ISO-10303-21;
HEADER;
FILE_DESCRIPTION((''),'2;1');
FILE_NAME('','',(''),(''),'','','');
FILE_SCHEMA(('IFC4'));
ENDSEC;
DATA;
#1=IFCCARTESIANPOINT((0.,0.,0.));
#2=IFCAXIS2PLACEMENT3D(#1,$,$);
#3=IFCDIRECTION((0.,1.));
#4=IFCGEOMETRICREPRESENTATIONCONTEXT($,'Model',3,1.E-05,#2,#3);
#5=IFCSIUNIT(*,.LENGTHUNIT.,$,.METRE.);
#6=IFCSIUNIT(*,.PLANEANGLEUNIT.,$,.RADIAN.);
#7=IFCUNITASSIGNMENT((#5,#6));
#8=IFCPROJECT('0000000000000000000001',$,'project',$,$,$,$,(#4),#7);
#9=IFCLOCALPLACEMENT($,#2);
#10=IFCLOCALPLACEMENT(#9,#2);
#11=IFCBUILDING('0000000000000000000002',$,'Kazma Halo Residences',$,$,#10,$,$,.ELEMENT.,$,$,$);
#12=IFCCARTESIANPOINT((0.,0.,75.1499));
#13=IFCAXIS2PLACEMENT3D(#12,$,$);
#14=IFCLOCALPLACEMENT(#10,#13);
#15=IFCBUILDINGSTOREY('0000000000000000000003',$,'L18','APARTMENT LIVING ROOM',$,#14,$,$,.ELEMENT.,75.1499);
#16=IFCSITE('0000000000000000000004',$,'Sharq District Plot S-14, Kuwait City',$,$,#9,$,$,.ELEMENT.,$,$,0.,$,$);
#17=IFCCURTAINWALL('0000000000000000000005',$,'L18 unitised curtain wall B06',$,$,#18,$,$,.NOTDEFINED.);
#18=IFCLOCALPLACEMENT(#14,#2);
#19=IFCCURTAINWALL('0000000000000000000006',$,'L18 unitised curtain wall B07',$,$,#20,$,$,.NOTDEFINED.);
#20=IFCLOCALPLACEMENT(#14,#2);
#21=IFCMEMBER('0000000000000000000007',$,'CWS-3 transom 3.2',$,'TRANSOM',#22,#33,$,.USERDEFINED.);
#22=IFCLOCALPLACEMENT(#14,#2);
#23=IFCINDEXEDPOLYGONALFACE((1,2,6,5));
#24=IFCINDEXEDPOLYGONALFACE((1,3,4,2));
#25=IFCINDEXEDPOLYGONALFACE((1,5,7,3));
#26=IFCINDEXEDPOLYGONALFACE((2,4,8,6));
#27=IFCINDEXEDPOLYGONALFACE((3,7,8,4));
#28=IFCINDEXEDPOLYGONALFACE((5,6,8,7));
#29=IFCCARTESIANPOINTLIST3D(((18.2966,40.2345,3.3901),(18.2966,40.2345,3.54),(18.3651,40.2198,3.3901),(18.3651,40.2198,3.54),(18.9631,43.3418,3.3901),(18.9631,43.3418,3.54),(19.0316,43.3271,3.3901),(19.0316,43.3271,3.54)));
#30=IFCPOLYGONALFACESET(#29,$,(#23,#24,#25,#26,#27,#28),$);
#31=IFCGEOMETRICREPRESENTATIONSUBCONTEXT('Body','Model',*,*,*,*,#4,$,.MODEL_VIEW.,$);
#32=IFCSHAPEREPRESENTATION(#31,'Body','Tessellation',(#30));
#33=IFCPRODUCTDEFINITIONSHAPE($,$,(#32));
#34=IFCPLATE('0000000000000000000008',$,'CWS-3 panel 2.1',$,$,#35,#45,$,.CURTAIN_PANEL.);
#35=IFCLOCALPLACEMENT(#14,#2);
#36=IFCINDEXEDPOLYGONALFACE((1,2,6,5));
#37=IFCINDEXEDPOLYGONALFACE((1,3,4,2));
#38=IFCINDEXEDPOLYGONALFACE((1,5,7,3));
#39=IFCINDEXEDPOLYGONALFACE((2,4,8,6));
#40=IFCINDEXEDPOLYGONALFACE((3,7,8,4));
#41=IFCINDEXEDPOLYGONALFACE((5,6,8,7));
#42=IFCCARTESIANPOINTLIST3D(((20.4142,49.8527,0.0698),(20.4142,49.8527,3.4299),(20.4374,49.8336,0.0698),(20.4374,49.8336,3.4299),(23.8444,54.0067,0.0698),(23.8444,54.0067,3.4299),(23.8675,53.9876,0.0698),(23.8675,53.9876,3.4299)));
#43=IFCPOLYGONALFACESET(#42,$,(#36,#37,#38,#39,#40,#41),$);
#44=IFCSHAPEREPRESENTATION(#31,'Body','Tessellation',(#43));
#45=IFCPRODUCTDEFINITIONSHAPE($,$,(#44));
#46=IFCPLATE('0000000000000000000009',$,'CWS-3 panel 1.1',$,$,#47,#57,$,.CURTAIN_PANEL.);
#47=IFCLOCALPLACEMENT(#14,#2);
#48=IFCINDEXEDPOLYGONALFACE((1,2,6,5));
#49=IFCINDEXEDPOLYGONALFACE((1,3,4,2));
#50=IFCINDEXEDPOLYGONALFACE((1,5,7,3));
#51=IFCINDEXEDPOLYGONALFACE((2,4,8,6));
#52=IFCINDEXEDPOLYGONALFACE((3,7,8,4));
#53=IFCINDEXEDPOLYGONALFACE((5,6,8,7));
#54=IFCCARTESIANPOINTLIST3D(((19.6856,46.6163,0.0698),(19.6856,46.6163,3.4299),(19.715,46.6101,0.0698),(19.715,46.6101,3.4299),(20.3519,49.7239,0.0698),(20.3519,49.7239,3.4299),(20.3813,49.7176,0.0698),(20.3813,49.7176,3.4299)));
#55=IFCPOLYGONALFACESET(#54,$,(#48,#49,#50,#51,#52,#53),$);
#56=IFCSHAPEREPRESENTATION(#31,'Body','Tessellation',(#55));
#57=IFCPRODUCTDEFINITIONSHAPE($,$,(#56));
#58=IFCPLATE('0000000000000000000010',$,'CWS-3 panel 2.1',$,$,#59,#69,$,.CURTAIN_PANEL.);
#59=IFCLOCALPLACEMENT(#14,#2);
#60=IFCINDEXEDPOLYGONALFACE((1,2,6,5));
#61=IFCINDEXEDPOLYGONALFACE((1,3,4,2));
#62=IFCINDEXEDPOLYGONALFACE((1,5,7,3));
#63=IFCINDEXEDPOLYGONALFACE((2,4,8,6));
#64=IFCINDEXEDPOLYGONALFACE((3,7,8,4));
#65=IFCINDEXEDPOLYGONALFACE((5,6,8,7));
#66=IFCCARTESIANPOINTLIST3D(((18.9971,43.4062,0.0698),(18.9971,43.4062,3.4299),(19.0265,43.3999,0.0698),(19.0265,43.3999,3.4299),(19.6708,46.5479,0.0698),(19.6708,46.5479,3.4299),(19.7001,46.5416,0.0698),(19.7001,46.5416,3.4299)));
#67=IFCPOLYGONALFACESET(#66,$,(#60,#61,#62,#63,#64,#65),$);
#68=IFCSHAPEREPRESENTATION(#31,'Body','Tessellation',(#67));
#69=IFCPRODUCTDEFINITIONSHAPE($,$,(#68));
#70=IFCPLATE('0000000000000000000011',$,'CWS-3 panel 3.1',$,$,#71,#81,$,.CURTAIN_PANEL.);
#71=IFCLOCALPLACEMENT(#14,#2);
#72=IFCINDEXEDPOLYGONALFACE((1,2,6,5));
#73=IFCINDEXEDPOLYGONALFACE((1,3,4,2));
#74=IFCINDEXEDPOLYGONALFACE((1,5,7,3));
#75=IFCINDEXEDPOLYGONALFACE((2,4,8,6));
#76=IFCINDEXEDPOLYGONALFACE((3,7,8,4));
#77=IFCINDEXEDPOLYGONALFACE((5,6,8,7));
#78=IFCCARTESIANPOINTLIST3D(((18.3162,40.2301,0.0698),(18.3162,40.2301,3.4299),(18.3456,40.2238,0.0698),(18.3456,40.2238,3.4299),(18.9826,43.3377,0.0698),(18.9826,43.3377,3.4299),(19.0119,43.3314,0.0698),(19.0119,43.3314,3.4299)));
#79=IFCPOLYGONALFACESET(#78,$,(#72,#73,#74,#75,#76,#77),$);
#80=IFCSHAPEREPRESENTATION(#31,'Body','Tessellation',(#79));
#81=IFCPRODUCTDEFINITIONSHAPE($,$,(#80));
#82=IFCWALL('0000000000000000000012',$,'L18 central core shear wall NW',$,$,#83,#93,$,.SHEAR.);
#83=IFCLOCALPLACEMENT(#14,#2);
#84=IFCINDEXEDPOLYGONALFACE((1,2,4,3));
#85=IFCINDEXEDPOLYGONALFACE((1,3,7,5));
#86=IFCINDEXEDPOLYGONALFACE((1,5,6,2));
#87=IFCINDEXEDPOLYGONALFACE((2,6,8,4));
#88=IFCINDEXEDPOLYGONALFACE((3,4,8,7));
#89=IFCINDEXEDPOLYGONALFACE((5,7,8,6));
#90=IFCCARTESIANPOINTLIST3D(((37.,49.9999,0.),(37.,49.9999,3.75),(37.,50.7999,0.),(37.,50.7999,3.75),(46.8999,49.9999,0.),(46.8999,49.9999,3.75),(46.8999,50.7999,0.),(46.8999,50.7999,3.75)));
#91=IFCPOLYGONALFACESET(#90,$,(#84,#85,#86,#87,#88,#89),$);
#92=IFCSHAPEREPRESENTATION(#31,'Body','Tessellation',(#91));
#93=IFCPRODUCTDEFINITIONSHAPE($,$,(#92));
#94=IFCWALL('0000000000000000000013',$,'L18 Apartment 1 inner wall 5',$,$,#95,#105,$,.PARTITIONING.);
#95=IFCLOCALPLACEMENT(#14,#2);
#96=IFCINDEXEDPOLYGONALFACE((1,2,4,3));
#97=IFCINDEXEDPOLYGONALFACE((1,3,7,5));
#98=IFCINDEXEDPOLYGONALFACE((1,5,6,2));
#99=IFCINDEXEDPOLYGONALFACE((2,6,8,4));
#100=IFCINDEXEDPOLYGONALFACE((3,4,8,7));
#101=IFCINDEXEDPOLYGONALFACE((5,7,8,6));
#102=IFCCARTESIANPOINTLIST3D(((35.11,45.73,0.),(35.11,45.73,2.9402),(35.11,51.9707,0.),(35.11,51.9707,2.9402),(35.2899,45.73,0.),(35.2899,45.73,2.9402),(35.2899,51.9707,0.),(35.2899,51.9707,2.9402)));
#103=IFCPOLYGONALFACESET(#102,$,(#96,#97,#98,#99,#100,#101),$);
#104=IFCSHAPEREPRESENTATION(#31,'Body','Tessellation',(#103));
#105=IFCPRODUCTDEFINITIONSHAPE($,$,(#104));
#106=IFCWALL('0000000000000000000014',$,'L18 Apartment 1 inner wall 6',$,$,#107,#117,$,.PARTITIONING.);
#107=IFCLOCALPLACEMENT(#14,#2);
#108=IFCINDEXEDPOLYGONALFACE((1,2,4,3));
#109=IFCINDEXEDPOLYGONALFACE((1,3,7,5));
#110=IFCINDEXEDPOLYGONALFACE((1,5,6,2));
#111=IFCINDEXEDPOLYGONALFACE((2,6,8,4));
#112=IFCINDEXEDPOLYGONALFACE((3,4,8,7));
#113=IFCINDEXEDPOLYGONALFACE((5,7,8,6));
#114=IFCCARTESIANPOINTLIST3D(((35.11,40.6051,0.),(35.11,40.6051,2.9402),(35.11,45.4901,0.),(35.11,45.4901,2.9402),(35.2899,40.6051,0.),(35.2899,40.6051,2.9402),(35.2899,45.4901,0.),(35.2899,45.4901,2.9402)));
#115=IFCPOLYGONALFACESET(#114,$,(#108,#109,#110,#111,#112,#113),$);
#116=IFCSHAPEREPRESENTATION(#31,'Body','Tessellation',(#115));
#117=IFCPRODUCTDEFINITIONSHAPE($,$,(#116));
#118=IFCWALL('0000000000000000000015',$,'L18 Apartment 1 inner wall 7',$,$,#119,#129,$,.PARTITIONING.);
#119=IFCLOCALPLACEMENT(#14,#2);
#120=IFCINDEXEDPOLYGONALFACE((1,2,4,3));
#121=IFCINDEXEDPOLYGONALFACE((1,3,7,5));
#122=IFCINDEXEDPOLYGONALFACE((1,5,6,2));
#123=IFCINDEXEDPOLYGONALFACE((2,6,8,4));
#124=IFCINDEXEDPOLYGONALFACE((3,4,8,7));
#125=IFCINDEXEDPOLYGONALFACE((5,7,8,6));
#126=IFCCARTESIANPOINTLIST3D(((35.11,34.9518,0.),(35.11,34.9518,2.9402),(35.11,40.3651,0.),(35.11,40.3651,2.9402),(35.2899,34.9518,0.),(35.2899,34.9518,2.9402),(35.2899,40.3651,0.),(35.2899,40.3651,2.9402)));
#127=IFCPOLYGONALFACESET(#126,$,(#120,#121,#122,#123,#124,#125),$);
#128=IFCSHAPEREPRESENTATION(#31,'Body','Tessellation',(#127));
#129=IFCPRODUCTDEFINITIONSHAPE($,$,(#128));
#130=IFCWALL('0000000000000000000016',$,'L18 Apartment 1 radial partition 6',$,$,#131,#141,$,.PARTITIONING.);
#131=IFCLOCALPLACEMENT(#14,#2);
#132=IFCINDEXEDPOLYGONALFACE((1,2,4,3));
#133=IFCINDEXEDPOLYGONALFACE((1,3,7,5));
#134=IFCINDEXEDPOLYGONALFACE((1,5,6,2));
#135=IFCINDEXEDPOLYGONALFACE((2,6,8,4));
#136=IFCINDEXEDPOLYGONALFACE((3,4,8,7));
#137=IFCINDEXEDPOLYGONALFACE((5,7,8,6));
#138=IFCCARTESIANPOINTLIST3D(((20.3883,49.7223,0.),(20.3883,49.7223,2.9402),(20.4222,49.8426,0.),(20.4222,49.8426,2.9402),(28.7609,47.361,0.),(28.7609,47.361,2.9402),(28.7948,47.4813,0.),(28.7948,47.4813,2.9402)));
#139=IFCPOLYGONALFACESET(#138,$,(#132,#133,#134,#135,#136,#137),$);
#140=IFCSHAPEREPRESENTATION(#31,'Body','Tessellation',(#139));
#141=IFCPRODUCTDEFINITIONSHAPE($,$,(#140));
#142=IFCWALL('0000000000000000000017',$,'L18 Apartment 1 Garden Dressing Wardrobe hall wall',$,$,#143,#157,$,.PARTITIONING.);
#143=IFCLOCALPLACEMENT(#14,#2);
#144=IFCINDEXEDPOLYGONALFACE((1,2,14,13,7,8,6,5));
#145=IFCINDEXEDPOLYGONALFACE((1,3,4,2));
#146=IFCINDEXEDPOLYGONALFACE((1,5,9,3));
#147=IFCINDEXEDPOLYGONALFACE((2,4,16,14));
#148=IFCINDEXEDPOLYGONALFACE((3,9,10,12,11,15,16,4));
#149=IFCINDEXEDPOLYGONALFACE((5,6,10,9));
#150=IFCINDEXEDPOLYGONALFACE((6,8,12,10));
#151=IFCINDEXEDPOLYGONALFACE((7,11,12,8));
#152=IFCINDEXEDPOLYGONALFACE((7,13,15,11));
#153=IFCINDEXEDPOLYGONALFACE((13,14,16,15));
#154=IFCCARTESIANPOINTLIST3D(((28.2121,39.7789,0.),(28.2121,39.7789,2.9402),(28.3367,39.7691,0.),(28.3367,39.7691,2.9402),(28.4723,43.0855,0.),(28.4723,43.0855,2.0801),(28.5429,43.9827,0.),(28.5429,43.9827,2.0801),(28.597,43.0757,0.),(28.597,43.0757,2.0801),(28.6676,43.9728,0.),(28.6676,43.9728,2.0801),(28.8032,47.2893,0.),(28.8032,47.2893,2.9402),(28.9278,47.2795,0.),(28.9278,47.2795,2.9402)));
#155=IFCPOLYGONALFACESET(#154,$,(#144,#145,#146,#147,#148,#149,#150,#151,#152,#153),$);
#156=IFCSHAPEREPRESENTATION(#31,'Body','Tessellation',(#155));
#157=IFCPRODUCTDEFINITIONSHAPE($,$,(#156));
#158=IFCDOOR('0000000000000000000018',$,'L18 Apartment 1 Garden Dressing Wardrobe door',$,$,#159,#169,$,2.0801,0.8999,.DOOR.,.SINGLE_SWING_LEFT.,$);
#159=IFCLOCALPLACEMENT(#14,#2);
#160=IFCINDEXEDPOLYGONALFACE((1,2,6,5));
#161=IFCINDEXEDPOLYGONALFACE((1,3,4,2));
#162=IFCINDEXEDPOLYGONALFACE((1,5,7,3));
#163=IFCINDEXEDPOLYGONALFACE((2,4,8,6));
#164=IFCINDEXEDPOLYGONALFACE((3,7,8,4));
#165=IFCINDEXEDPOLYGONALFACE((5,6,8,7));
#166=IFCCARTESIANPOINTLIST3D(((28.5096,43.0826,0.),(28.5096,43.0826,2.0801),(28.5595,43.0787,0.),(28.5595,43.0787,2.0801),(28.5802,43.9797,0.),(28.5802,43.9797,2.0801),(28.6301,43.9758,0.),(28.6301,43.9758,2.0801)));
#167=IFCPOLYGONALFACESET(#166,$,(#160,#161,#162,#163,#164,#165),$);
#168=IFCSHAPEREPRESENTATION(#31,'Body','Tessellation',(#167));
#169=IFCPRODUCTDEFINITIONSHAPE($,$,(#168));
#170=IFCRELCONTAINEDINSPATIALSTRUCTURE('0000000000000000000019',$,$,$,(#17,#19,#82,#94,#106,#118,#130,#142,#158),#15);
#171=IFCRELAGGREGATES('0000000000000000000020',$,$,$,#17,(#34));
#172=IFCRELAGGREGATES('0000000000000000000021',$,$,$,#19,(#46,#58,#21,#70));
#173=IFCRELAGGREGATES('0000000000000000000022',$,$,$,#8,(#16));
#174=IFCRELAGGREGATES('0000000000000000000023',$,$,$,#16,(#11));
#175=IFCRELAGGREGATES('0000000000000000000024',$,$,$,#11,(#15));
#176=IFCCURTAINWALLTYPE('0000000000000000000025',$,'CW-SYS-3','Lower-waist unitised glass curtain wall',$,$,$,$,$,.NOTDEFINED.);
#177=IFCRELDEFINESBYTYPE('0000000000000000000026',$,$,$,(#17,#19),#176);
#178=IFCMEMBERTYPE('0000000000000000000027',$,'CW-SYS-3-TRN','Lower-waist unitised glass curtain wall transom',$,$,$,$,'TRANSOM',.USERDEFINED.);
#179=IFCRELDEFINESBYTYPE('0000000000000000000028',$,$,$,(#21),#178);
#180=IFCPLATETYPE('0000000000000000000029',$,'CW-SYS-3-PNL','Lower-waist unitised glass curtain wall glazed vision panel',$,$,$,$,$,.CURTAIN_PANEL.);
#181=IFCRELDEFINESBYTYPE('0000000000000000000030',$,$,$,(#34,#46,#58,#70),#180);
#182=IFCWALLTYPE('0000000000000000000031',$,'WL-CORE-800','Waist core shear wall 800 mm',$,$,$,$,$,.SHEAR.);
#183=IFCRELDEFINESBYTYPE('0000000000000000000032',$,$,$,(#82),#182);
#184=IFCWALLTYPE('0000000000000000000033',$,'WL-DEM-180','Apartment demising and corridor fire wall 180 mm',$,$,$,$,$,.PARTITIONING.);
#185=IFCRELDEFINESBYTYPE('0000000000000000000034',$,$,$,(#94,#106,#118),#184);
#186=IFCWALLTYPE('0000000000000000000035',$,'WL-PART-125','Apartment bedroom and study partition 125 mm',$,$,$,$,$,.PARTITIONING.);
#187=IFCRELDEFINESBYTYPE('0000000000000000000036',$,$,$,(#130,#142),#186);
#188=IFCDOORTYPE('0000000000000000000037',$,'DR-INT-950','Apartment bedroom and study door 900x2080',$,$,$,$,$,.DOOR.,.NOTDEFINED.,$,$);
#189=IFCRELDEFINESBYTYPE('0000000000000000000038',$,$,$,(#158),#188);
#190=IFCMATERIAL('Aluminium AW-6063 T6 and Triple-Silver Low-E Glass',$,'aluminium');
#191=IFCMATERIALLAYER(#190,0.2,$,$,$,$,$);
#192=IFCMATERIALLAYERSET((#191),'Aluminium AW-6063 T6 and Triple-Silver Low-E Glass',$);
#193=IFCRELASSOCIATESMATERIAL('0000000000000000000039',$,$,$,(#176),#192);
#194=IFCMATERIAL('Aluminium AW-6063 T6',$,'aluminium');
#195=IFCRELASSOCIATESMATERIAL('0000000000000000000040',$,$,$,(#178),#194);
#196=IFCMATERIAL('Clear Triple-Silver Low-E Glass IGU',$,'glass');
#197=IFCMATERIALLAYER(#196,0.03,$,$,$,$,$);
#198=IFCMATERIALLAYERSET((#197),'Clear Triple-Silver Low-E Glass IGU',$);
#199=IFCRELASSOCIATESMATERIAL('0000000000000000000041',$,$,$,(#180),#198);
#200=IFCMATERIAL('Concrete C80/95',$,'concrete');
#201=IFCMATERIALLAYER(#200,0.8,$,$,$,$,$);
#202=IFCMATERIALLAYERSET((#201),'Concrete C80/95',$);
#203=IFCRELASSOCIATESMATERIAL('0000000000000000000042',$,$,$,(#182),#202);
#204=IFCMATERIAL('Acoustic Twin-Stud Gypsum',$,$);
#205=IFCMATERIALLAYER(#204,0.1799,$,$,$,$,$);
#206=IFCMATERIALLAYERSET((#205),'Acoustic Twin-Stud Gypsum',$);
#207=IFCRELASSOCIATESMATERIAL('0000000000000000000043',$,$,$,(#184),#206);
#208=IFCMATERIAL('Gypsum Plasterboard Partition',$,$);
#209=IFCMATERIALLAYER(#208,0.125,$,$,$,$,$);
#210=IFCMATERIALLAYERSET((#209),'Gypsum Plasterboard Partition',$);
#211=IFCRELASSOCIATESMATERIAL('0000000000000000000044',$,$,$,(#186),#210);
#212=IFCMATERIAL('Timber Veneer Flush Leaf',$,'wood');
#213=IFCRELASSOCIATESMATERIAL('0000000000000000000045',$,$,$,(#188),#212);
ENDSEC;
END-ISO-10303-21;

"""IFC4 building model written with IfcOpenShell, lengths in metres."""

from ifc_helpers import new_model, si_unit, direction, frame, frame_2d, origin, origin_2d, place, context, subcontext, project, spatial, rectangle, extrude, material, layer, layer_set, material_profile, profile_set, type_object, element, fill, aggregate, save


model = new_model("IFC4")

# Units and contexts
model_context = context("Model", 3, precision=1e-05, world=origin(), true_north=direction((0.0, 1.0)))
body_context = subcontext(model_context, "Body", "Model", "MODEL_VIEW")
ifc_project = project(units=[si_unit("LENGTHUNIT", "METRE"), si_unit("PLANEANGLEUNIT", "RADIAN")], contexts=[model_context])

# Site, building, storey
site_placement = place(None, origin())
site = spatial("IfcSite", under=ifc_project, at=site_placement, Name="Sharq District Plot S-14, Kuwait City", CompositionType="ELEMENT", RefElevation=0.0)
building_placement = place(site_placement, origin())
building = spatial("IfcBuilding", under=site, at=building_placement, Name="Kazma Halo Residences", CompositionType="ELEMENT")
storey_placement = place(building_placement, frame((0.0, 0.0, 75.1499)))
storey = spatial("IfcBuildingStorey", under=building, at=storey_placement, Name="L18", Description="APARTMENT LIVING ROOM", CompositionType="ELEMENT", Elevation=75.1499)

# Shared definitions
ifc_material_1 = material(Name="Concrete C80/95", Category="concrete")

# Curtain wall
ifc_material_2 = material(Name="Aluminium AW-6063 T6 and Triple-Silver Low-E Glass", Category="aluminium")
ifc_layer_1 = layer(ifc_material_2, 0.2)
ifc_layer_set_1 = layer_set([ifc_layer_1], Name="Aluminium AW-6063 T6 and Triple-Silver Low-E Glass")
curtain_wall_type = type_object("IfcCurtainWallType", Name="CW-SYS-3", Description="Lower-waist unitised glass curtain wall", PredefinedType="NOTDEFINED", material=ifc_layer_set_1)
curtain_wall_1_placement = place(storey_placement, origin())
curtain_wall_1 = element("IfcCurtainWall", 1, at=curtain_wall_1_placement, inside=storey, type_object=curtain_wall_type, Name="L18 unitised curtain wall B06", PredefinedType="NOTDEFINED")
ifc_material_3 = material(Name="Aluminium AW-6063 T6", Category="aluminium")

# Curtain wall, member
curtain_wall_2_placement = place(storey_placement, origin())
curtain_wall_2 = element("IfcCurtainWall", 2, at=curtain_wall_2_placement, inside=storey, type_object=curtain_wall_type, Name="L18 unitised curtain wall B07", PredefinedType="NOTDEFINED")
ifc_material_profile_1 = material_profile(ifc_material_3, rectangle(XDim=0.0701, YDim=0.1499, at=origin_2d()), Name="CWT-70x150")
ifc_profile_set_1 = profile_set([ifc_material_profile_1], Name="Aluminium AW-6063 T6")
member_type_1 = type_object("IfcMemberType", Name="CW-SYS-3-TRN", Description="Lower-waist unitised glass curtain wall transom", ElementType="TRANSOM", PredefinedType="USERDEFINED", material=ifc_profile_set_1)
member_1_placement = place(storey_placement, frame((18.9973, 43.3345, 3.4651), z_axis=(-0.209718, -0.977762, 0.0), x_axis=(0.977762, -0.209718, 0.0)))
member_1 = element("IfcMember", 3, at=member_1_placement, type_object=member_type_1, Name="CWS-3 transom 3.2", ObjectType="TRANSOM", PredefinedType="USERDEFINED", context=body_context, shape_type="SweptSolid", body=[
    extrude(rectangle(XDim=0.0701, YDim=0.1499, at=origin_2d()), origin(), (0.0, 0.0, 1.0), 3.178),
])

# Plates
ifc_material_4 = material(Name="Clear Triple-Silver Low-E Glass IGU", Category="glass")
ifc_layer_2 = layer(ifc_material_4, 0.03)
ifc_layer_set_2 = layer_set([ifc_layer_2], Name="Clear Triple-Silver Low-E Glass IGU")
plate_type = type_object("IfcPlateType", Name="CW-SYS-3-PNL", Description="Lower-waist unitised glass curtain wall glazed vision panel", PredefinedType="CURTAIN_PANEL", material=ifc_layer_set_2)
plate_1_placement = place(storey_placement, frame((22.1409, 51.9202, 0.0698), z_axis=(0.0, 0.0, 1.0), x_axis=(-0.636721, -0.771095, 0.0)))
plate_1 = element("IfcPlate", 4, at=plate_1_placement, type_object=plate_type, Name="CWS-3 panel 2.1", PredefinedType="CURTAIN_PANEL", context=body_context, shape_type="SweptSolid", body=[
    extrude(rectangle(XDim=5.3872, YDim=0.03, at=origin_2d()), origin(), (0.0, 0.0, 1.0), 3.3601),
])
aggregate(curtain_wall_1, [plate_1])
plate_2_placement = place(storey_placement, frame((20.0334, 48.167, 0.0698), z_axis=(0.0, 0.0, 1.0), x_axis=(-0.209661, -0.977774, 0.0)))
plate_2 = element("IfcPlate", 5, at=plate_2_placement, type_object=plate_type, Name="CWS-3 panel 1.1", PredefinedType="CURTAIN_PANEL", context=body_context, shape_type="SweptSolid", body=[
    extrude(rectangle(XDim=3.1782, YDim=0.03, at=origin_2d()), origin(), (0.0, 0.0, 1.0), 3.3601),
])
plate_3_placement = place(storey_placement, frame((19.3486, 44.9739, 0.0698), z_axis=(0.0, 0.0, 1.0), x_axis=(-0.209661, -0.977774, 0.0)))
plate_3 = element("IfcPlate", 6, at=plate_3_placement, type_object=plate_type, Name="CWS-3 panel 2.1", PredefinedType="CURTAIN_PANEL", context=body_context, shape_type="SweptSolid", body=[
    extrude(rectangle(XDim=3.2131, YDim=0.03, at=origin_2d()), origin(), (0.0, 0.0, 1.0), 3.3601),
])
plate_4_placement = place(storey_placement, frame((18.6641, 41.7808, 0.0698), z_axis=(0.0, 0.0, 1.0), x_axis=(-0.209661, -0.977774, 0.0)))
plate_4 = element("IfcPlate", 7, at=plate_4_placement, type_object=plate_type, Name="CWS-3 panel 3.1", PredefinedType="CURTAIN_PANEL", context=body_context, shape_type="SweptSolid", body=[
    extrude(rectangle(XDim=3.1782, YDim=0.03, at=origin_2d()), origin(), (0.0, 0.0, 1.0), 3.3601),
])
aggregate(curtain_wall_2, [plate_2, plate_3, member_1, plate_4])

# Walls
ifc_layer_3 = layer(ifc_material_1, 0.8)
ifc_layer_set_3 = layer_set([ifc_layer_3], Name="Concrete C80/95")
wall_type_1 = type_object("IfcWallType", Name="WL-CORE-800", Description="Waist core shear wall 800 mm", PredefinedType="SHEAR", material=ifc_layer_set_3)
wall_1_placement = place(storey_placement, frame((37.0, 50.3999, 0.0), z_axis=(0.0, 0.0, 1.0), x_axis=(1.0, 0.0, 0.0)))
element("IfcWall", 8, at=wall_1_placement, inside=storey, type_object=wall_type_1, Name="L18 central core shear wall NW", PredefinedType="SHEAR", context=body_context, shape_type="SweptSolid", body=[
    extrude(rectangle(XDim=9.8999, YDim=0.8, at=frame_2d((4.95, 0.0))), origin(), (0.0, 0.0, 1.0), 3.75),
])
ifc_material_5 = material(Name="Acoustic Twin-Stud Gypsum")
ifc_layer_4 = layer(ifc_material_5, 0.1799)
ifc_layer_set_4 = layer_set([ifc_layer_4], Name="Acoustic Twin-Stud Gypsum")
wall_type_2 = type_object("IfcWallType", Name="WL-DEM-180", Description="Apartment demising and corridor fire wall 180 mm", PredefinedType="PARTITIONING", material=ifc_layer_set_4)
wall_2_placement = place(storey_placement, frame((35.2, 51.9707, 0.0), z_axis=(0.0, 0.0, 1.0), x_axis=(0.0, -1.0, 0.0)))
element("IfcWall", 9, at=wall_2_placement, inside=storey, type_object=wall_type_2, Name="L18 Apartment 1 inner wall 5", PredefinedType="PARTITIONING", context=body_context, shape_type="SweptSolid", body=[
    extrude(rectangle(XDim=6.2407, YDim=0.1799, at=frame_2d((3.1204, 0.0))), origin(), (0.0, 0.0, 1.0), 2.9402),
])
wall_3_placement = place(storey_placement, frame((35.2, 45.49, 0.0), z_axis=(0.0, 0.0, 1.0), x_axis=(0.0, -1.0, 0.0)))
element("IfcWall", 10, at=wall_3_placement, inside=storey, type_object=wall_type_2, Name="L18 Apartment 1 inner wall 6", PredefinedType="PARTITIONING", context=body_context, shape_type="SweptSolid", body=[
    extrude(rectangle(XDim=4.885, YDim=0.1799, at=frame_2d((2.4424, 0.0))), origin(), (0.0, 0.0, 1.0), 2.9402),
])
wall_4_placement = place(storey_placement, frame((35.2, 40.365, 0.0), z_axis=(0.0, 0.0, 1.0), x_axis=(0.0, -1.0, 0.0)))
element("IfcWall", 11, at=wall_4_placement, inside=storey, type_object=wall_type_2, Name="L18 Apartment 1 inner wall 7", PredefinedType="PARTITIONING", context=body_context, shape_type="SweptSolid", body=[
    extrude(rectangle(XDim=5.4133, YDim=0.1799, at=frame_2d((2.7065, 0.0))), origin(), (0.0, 0.0, 1.0), 2.9402),
])
ifc_material_6 = material(Name="Gypsum Plasterboard Partition")
ifc_layer_5 = layer(ifc_material_6, 0.125)
ifc_layer_set_5 = layer_set([ifc_layer_5], Name="Gypsum Plasterboard Partition")
wall_type_3 = type_object("IfcWallType", Name="WL-PART-125", Description="Apartment bedroom and study partition 125 mm", PredefinedType="PARTITIONING", material=ifc_layer_set_5)
wall_5_placement = place(storey_placement, frame((28.7778, 47.4211, 0.0), z_axis=(0.0, 0.0, 1.0), x_axis=(-0.962455, 0.271443, 0.0)))
element("IfcWall", 12, at=wall_5_placement, inside=storey, type_object=wall_type_3, Name="L18 Apartment 1 radial partition 6", PredefinedType="PARTITIONING", context=body_context, shape_type="SweptSolid", body=[
    extrude(rectangle(XDim=8.6992, YDim=0.125, at=frame_2d((4.3496, 0.0))), origin(), (0.0, 0.0, 1.0), 2.9402),
])

# Wall, opening, door
wall_6_placement = place(storey_placement, frame((28.8655, 47.2844, 0.0), z_axis=(0.0, 0.0, 1.0), x_axis=(-0.078456, -0.996918, 0.0)))
wall_6 = element("IfcWall", 13, at=wall_6_placement, inside=storey, type_object=wall_type_3, Name="L18 Apartment 1 Garden Dressing Wardrobe hall wall", PredefinedType="PARTITIONING", context=body_context, shape_type="SweptSolid", body=[
    extrude(rectangle(XDim=7.5337, YDim=0.125, at=frame_2d((3.7668, 0.0))), origin(), (0.0, 0.0, 1.0), 2.9402),
])
opening_1_placement = place(wall_6_placement, frame((3.3169, 0.0, 0.0)))
opening_1 = element("IfcOpeningElement", 14, at=opening_1_placement, cuts=wall_6, PredefinedType="OPENING", context=body_context, shape_type="SweptSolid", body=[
    extrude(rectangle(XDim=0.8999, YDim=2.0801, at=frame_2d((0.45, 1.04))), frame((0.0, 0.0725, 0.0), z_axis=(0.0, -1.0, 0.0), x_axis=(1.0, 0.0, 0.0)), (0.0, 0.0, 1.0), 0.145),
])
ifc_material_7 = material(Name="Timber Veneer Flush Leaf", Category="wood")
door_type = type_object("IfcDoorType", Name="DR-INT-950", Description="Apartment bedroom and study door 900x2080", OperationType="NOTDEFINED", PredefinedType="DOOR", material=ifc_material_7)
door_1_placement = place(opening_1_placement, origin())
door_1 = element("IfcDoor", 15, at=door_1_placement, inside=storey, type_object=door_type, Name="L18 Apartment 1 Garden Dressing Wardrobe door", OperationType="SINGLE_SWING_LEFT", OverallHeight=2.0801, OverallWidth=0.8999, PredefinedType="DOOR", context=body_context, shape_type="SweptSolid", body=[
    extrude(rectangle(XDim=0.8999, YDim=2.0801, at=frame_2d((0.45, 1.04))), frame((0.0, 0.0249, 0.0), z_axis=(0.0, -1.0, 0.0), x_axis=(1.0, 0.0, 0.0)), (0.0, 0.0, 1.0), 0.05),
])
fill(opening_1, door_1)

save(model, "model.ifc")
